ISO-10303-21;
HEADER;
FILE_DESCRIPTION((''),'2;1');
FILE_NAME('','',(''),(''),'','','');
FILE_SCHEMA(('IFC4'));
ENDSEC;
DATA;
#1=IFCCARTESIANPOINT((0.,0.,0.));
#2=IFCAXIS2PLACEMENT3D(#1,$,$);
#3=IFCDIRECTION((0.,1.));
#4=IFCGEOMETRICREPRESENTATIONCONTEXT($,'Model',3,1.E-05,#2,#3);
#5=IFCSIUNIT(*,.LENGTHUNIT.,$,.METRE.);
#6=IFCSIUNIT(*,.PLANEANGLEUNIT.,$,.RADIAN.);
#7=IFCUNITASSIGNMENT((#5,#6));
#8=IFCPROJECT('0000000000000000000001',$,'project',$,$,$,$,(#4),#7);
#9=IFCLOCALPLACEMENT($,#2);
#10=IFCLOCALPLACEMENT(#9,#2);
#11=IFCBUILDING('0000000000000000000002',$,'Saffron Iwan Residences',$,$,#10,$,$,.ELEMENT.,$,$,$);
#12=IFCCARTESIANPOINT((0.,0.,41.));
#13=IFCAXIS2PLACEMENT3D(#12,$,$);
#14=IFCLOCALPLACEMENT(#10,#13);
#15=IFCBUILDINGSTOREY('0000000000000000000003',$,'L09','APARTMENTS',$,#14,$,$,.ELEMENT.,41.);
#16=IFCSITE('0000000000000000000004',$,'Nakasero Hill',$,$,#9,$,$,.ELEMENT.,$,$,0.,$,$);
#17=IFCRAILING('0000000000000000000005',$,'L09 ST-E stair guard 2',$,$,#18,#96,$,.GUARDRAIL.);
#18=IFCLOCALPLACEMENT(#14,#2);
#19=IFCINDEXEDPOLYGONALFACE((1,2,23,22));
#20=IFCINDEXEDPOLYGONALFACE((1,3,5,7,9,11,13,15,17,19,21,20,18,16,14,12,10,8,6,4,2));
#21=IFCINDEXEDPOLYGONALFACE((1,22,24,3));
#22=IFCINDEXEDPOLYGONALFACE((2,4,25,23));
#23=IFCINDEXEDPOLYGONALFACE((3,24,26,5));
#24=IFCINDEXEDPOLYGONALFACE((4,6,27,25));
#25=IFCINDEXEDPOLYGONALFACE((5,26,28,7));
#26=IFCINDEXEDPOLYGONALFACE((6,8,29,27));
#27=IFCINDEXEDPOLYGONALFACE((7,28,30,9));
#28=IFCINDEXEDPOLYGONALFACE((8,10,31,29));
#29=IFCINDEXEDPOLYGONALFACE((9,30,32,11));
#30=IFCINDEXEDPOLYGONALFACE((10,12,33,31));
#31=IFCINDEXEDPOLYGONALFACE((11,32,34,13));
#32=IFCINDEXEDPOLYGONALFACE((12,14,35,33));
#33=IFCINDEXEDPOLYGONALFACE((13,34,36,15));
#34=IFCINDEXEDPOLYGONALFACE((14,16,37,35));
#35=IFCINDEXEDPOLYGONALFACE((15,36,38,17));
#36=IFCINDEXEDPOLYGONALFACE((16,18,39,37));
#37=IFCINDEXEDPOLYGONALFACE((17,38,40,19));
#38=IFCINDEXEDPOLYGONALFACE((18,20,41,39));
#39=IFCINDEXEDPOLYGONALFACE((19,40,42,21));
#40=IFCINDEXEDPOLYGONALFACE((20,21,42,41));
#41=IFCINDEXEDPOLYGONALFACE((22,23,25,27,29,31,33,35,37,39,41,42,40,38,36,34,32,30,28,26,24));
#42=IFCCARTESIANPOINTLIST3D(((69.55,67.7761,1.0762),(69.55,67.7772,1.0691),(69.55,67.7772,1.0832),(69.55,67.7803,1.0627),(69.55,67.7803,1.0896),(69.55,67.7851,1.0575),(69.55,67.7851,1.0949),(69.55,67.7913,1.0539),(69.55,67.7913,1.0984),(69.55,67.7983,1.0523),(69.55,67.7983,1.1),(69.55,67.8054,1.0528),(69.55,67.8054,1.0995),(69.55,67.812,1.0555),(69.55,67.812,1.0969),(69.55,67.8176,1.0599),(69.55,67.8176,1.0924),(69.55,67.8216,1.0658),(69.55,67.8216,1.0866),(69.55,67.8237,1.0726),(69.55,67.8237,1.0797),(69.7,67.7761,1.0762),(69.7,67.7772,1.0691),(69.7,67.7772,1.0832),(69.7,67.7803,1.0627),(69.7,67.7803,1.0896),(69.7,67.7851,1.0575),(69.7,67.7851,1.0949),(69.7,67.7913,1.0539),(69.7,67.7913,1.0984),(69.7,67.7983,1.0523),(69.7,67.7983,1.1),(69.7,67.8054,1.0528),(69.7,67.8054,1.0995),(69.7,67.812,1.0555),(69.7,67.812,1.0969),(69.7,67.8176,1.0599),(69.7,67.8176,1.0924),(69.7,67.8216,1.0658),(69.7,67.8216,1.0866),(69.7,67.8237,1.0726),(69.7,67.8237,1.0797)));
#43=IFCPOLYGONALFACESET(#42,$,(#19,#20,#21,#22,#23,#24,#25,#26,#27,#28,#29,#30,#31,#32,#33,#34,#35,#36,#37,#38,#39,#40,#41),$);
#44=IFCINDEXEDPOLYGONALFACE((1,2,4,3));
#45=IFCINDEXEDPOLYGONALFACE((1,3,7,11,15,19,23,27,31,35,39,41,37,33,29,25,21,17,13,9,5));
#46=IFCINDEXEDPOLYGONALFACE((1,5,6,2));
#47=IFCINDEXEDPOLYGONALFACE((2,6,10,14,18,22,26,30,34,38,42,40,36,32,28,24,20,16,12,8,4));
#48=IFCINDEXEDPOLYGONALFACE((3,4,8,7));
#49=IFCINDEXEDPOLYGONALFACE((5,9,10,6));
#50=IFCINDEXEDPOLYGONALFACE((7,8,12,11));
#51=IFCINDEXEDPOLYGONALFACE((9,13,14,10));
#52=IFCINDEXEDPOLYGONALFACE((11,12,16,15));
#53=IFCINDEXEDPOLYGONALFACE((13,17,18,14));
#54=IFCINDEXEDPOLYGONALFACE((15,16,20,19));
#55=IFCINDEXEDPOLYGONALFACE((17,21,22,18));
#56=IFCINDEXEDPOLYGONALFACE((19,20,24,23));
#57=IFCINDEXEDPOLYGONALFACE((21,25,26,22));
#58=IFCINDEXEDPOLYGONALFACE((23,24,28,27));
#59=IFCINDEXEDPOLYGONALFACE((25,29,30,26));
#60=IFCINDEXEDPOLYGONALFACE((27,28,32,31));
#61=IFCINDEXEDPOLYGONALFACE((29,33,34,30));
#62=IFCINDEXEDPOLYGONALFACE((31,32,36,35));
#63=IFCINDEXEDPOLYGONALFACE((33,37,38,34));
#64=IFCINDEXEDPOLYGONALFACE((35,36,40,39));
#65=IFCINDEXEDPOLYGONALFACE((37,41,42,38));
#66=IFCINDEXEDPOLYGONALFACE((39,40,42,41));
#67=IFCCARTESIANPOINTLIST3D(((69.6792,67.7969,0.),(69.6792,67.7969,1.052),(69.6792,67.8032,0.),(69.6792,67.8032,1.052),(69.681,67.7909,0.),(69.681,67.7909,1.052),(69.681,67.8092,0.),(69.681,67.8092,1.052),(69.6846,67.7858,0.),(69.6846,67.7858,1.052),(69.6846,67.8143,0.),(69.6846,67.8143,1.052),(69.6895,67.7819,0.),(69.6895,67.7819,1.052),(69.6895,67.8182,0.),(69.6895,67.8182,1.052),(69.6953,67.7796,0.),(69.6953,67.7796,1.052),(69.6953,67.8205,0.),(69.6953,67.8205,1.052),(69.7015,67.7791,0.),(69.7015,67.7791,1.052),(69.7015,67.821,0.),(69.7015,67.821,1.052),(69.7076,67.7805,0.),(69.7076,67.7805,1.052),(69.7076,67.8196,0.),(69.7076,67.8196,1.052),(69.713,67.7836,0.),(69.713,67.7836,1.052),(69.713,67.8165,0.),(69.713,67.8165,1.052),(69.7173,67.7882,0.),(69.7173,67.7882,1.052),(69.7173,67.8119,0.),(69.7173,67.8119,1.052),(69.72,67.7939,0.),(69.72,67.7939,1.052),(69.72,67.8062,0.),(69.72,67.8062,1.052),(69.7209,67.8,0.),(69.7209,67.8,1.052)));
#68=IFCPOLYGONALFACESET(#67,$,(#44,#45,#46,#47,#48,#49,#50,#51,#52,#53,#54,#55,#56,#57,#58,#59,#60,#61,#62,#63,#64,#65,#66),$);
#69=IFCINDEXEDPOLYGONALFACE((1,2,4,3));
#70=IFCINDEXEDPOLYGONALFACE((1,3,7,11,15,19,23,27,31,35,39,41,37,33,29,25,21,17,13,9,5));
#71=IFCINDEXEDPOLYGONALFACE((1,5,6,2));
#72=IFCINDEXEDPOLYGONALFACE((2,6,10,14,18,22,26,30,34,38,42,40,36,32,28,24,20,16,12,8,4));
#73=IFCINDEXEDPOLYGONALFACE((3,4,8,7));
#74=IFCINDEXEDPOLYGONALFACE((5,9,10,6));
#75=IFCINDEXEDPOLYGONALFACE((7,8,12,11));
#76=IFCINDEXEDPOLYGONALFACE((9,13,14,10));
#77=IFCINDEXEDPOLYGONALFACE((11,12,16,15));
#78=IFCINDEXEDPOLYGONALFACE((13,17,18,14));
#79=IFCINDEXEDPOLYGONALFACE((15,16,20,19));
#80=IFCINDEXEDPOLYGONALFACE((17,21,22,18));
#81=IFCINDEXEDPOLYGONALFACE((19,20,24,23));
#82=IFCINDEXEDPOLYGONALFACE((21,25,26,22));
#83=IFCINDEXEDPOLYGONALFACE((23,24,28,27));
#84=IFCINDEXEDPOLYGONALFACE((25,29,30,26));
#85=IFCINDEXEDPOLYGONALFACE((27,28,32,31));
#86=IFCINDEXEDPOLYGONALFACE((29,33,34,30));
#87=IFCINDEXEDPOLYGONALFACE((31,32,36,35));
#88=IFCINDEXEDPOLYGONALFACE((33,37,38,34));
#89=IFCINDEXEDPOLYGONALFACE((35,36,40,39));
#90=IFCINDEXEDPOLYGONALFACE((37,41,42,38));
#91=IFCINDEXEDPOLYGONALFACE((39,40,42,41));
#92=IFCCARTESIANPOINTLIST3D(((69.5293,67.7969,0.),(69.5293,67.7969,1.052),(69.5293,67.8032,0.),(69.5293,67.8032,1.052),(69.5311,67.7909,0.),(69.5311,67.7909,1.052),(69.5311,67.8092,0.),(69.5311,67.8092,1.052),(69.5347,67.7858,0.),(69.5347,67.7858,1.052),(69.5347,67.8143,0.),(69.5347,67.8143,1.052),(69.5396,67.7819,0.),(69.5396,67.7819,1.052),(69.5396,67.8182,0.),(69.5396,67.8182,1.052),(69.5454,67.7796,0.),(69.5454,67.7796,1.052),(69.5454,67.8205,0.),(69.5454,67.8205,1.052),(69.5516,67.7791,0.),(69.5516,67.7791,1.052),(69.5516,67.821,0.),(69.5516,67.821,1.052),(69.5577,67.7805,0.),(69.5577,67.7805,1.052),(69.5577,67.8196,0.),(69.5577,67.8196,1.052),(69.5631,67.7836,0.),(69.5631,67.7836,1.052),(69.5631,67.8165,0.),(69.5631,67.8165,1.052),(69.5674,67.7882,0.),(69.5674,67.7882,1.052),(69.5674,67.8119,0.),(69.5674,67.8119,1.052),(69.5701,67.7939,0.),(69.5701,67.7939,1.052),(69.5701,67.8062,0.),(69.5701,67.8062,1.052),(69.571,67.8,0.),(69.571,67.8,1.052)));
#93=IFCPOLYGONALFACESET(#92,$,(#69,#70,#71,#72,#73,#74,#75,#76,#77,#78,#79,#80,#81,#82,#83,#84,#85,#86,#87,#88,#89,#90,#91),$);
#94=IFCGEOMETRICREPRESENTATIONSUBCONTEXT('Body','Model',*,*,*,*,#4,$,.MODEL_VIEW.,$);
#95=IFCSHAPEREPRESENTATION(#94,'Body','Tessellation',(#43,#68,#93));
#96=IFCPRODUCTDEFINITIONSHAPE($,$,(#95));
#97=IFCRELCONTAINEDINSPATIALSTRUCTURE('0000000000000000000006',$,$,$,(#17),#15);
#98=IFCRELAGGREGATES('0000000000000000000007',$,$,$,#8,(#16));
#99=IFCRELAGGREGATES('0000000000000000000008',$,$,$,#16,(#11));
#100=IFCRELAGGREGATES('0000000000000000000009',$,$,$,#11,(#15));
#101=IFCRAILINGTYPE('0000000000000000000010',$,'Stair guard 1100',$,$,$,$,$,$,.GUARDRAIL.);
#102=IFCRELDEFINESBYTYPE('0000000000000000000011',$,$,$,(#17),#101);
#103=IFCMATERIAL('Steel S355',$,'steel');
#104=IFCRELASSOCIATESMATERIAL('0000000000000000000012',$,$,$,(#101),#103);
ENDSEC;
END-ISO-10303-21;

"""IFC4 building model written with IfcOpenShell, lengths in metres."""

from ifc_helpers import new_model, si_unit, direction, frame, origin, origin_2d, place, context, subcontext, project, spatial, circle, extrude, material, type_object, element, save


model = new_model("IFC4")

# Units and contexts
model_context = context("Model", 3, precision=1e-05, world=origin(), true_north=direction((0.0, 1.0)))
body_context = subcontext(model_context, "Body", "Model", "MODEL_VIEW")
ifc_project = project(units=[si_unit("LENGTHUNIT", "METRE"), si_unit("PLANEANGLEUNIT", "RADIAN")], contexts=[model_context])

# Site, building, storey
site_placement = place(None, origin())
site = spatial("IfcSite", under=ifc_project, at=site_placement, Name="Nakasero Hill", CompositionType="ELEMENT", RefElevation=0.0)
building_placement = place(site_placement, origin())
building = spatial("IfcBuilding", under=site, at=building_placement, Name="Saffron Iwan Residences", CompositionType="ELEMENT")
storey_placement = place(building_placement, frame((0.0, 0.0, 41.0)))
storey = spatial("IfcBuildingStorey", under=building, at=storey_placement, Name="L09", Description="APARTMENTS", CompositionType="ELEMENT", Elevation=41.0)

# Railing
ifc_material_1 = material(Name="Steel S355", Category="steel")
railing_type_1 = type_object("IfcRailingType", Name="Stair guard 1100", PredefinedType="GUARDRAIL", material=ifc_material_1)
railing_1_placement = place(storey_placement, frame((69.7, 67.8, 0.0)))
element("IfcRailing", 1, at=railing_1_placement, inside=storey, type_object=railing_type_1, Name="L09 ST-E stair guard 2", PredefinedType="GUARDRAIL", context=body_context, shape_type="SweptSolid", body=[
    extrude(circle(Radius=0.0239, at=origin_2d()), frame((0.0, 0.0, 1.0762), z_axis=(-1.0, 0.0, 0.0), x_axis=(0.0, -1.0, 0.0)), (0.0, 0.0, 1.0), 0.1499),
    extrude(circle(Radius=0.021, at=origin_2d()), origin(), (0.0, 0.0, 1.0), 1.052),
    extrude(circle(Radius=0.021, at=origin_2d()), frame((-0.1499, 0.0, 0.0)), (0.0, 0.0, 1.0), 1.052),
])

save(model, "model.ifc")
